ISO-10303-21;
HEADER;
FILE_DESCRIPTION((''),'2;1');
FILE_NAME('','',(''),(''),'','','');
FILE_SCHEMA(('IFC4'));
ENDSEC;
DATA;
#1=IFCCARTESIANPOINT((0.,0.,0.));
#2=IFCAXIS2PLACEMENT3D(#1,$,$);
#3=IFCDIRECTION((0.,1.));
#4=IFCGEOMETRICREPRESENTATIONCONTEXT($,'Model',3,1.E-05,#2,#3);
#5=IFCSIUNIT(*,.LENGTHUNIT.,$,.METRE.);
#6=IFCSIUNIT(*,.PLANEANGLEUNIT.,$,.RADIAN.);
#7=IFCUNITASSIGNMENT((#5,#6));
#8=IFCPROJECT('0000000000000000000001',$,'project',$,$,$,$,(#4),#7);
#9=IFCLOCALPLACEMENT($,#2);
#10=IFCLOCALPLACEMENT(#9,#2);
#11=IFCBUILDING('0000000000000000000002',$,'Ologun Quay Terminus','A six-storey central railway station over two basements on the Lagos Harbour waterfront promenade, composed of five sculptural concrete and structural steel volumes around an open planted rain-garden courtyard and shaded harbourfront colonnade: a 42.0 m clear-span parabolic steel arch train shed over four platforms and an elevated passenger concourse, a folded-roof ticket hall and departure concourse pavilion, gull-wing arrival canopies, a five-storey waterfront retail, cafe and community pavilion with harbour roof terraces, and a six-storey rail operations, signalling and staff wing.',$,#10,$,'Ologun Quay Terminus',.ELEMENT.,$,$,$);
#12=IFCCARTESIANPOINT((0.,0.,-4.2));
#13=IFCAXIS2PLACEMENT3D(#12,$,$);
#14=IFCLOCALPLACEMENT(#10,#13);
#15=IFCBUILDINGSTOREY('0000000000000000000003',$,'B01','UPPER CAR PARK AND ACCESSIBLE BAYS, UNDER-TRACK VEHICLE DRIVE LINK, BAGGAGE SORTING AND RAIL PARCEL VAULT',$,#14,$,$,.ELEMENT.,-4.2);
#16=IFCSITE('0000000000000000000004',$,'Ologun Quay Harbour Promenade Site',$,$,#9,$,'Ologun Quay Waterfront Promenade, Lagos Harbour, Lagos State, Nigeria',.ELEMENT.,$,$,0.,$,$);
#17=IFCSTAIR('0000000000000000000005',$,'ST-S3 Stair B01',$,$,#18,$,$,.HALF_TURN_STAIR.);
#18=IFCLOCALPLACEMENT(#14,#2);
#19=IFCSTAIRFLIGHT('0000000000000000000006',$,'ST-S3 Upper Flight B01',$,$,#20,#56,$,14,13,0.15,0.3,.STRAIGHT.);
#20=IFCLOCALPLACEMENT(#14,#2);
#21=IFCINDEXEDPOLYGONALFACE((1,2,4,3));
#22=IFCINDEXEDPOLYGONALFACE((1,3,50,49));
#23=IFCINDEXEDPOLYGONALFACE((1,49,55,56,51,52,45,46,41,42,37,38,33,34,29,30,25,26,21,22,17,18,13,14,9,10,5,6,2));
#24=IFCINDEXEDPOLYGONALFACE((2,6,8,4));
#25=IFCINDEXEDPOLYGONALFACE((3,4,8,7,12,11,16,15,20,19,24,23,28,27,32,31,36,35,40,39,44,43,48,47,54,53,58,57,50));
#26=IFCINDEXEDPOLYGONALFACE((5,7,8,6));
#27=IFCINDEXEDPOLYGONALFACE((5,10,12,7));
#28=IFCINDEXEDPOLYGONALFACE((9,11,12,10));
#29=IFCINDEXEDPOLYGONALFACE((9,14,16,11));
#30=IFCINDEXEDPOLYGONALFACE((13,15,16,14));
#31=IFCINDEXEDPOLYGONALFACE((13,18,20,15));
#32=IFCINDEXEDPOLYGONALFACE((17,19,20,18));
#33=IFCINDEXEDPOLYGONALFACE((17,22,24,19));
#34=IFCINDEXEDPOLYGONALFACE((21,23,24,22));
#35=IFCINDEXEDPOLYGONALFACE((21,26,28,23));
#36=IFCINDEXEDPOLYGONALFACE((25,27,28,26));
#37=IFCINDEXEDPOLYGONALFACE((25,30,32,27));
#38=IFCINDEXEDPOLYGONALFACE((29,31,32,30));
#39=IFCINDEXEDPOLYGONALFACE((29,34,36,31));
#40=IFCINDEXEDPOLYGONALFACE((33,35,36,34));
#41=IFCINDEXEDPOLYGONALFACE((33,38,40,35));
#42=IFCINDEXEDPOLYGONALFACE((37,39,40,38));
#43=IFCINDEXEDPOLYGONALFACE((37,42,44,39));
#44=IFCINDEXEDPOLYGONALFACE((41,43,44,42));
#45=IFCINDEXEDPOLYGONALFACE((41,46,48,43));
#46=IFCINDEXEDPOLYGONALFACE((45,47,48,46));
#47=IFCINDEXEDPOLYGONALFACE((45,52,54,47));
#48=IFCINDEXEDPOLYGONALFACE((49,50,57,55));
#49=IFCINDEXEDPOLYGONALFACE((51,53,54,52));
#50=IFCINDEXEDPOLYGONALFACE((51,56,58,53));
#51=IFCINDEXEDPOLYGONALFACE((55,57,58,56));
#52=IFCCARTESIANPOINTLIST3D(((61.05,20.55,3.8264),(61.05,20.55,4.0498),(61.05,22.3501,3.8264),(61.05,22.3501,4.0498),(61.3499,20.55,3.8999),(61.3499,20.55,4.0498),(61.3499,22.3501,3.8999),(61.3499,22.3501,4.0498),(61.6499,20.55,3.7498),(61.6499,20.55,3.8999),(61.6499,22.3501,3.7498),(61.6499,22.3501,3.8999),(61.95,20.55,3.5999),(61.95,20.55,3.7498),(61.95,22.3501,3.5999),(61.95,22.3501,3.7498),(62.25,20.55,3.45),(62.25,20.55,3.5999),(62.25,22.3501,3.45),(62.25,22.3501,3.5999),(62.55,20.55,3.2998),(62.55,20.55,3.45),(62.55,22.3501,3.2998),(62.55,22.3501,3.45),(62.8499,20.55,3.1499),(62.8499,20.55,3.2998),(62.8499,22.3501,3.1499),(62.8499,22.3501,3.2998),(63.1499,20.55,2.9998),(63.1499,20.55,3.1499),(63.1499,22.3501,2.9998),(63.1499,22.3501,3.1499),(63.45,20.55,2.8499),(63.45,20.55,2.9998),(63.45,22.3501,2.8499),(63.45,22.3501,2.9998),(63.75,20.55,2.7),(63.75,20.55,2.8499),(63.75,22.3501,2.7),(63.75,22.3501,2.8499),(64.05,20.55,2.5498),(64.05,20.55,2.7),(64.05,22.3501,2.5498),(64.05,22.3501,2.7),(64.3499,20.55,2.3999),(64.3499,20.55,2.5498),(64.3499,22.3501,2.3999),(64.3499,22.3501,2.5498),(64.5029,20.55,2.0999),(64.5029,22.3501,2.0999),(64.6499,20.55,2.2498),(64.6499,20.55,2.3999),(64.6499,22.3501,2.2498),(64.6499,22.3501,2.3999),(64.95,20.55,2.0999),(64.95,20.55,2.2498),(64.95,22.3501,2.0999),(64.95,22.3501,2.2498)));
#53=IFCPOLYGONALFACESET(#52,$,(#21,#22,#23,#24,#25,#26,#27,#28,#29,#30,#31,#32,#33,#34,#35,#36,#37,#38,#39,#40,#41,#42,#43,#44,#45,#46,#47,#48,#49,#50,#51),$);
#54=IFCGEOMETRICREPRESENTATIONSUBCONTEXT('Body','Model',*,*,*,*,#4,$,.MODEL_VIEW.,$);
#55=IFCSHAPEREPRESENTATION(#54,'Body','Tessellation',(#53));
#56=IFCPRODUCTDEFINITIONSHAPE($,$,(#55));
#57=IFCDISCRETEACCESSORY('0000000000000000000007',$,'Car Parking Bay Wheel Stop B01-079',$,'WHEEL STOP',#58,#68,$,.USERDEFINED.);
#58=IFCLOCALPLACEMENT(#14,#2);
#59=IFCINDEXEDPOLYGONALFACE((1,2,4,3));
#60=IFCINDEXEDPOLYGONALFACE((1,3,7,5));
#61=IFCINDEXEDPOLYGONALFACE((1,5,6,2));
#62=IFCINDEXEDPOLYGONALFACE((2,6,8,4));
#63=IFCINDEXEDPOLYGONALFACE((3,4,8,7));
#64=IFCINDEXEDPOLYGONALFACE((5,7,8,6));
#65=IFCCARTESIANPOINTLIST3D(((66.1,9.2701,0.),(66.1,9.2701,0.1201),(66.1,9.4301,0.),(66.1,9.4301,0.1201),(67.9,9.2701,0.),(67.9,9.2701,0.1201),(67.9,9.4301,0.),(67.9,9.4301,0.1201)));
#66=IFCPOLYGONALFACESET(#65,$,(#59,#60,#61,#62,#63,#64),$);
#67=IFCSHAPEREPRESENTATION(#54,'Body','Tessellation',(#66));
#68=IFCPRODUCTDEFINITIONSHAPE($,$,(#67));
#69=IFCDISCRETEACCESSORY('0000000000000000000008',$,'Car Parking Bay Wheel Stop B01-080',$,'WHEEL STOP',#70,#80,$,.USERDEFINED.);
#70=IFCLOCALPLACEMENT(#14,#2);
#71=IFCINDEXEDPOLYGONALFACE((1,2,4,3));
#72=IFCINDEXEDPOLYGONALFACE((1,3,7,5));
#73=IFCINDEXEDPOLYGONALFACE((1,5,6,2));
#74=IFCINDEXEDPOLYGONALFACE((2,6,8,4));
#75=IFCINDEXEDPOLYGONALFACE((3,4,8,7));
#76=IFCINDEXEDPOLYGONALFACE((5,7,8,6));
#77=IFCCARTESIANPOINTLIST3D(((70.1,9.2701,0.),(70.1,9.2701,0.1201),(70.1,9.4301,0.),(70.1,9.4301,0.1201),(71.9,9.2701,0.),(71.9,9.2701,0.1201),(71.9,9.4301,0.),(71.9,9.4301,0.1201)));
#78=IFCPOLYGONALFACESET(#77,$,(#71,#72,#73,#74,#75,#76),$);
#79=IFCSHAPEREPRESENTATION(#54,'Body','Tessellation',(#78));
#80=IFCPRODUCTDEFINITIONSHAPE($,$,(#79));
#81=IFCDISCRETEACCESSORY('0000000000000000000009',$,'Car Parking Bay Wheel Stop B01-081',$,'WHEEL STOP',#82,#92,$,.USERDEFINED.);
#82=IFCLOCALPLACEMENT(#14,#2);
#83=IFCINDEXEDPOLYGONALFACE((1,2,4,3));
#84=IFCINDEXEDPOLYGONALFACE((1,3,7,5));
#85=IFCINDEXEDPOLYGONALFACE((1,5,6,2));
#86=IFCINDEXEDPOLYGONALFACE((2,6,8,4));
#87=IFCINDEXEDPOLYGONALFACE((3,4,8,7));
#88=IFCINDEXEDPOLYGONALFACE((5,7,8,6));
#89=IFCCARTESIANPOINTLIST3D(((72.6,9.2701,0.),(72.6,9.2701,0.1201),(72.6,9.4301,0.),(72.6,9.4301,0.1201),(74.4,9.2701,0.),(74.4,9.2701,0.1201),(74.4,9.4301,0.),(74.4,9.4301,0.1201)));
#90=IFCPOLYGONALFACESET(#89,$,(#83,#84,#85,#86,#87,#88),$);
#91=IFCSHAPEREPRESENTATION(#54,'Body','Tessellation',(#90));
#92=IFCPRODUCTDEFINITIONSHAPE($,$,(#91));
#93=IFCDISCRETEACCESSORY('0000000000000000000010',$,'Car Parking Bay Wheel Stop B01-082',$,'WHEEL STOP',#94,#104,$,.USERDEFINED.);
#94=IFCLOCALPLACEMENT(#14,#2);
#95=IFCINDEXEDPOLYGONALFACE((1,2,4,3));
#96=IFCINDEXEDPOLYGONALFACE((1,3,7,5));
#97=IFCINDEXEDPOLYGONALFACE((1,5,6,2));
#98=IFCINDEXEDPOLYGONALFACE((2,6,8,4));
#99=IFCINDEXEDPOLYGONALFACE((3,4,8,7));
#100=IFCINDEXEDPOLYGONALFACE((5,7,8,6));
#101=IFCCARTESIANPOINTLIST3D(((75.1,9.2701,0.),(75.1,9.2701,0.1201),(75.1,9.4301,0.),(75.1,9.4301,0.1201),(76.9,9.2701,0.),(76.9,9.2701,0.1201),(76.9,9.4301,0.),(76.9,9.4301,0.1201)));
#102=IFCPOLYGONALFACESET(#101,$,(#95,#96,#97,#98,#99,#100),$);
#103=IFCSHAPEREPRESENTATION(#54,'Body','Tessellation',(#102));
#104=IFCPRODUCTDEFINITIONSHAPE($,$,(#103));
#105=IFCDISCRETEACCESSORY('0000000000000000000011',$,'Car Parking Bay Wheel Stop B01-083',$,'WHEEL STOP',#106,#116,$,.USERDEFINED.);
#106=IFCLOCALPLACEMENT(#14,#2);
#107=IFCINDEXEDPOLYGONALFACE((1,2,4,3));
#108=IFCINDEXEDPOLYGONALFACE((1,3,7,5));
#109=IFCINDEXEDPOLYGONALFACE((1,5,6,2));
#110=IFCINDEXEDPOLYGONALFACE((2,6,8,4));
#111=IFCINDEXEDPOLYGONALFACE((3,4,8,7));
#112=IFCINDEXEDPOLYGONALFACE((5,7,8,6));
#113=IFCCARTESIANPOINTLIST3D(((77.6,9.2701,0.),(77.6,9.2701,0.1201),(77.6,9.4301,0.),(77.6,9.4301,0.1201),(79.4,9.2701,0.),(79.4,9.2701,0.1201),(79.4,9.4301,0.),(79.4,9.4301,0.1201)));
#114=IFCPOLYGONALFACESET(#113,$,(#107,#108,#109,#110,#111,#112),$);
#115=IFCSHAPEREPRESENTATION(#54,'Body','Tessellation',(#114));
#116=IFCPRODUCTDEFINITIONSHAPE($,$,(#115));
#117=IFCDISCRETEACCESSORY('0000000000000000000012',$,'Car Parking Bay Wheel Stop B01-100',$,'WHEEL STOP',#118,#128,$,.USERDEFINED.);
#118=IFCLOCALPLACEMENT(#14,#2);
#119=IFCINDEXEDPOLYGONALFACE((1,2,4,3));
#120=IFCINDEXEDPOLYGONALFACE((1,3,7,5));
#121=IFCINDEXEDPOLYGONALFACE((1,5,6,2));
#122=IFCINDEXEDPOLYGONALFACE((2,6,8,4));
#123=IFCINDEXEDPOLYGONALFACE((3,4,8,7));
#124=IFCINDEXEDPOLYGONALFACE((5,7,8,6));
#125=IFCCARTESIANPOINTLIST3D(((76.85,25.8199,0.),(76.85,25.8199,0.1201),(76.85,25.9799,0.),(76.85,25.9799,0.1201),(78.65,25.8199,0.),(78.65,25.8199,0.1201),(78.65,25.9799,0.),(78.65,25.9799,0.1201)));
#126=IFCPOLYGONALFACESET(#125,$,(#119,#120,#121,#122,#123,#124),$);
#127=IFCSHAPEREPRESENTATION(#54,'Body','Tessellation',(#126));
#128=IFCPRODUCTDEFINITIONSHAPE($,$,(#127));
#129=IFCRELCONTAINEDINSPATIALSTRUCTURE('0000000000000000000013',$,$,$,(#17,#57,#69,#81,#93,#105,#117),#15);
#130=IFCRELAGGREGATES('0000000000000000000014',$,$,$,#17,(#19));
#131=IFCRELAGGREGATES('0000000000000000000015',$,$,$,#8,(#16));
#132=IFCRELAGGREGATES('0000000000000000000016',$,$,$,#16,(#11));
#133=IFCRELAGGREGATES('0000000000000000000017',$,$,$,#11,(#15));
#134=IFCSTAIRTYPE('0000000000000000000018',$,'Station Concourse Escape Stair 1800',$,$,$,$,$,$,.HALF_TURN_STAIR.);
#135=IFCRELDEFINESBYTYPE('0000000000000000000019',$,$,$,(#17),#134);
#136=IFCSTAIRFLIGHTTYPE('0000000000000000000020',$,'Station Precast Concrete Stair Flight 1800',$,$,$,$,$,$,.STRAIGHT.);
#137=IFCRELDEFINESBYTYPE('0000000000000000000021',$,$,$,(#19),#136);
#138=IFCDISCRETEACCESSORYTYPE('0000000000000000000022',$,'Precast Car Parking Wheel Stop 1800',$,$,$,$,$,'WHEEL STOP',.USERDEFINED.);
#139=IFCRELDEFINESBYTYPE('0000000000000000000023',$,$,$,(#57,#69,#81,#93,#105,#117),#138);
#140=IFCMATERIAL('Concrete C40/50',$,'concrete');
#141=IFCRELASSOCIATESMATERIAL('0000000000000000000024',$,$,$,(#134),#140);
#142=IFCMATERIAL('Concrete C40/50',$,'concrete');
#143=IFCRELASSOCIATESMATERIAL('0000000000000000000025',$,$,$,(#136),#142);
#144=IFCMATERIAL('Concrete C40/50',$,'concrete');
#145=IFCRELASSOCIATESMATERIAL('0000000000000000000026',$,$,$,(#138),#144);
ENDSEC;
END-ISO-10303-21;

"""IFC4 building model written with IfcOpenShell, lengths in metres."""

from ifc_helpers import new_model, si_unit, direction, frame, origin, origin_2d, place, context, subcontext, project, spatial, polyline, rectangle, outline, extrude, material, type_object, element, aggregate, save


model = new_model("IFC4")

# Units and contexts
model_context = context("Model", 3, precision=1e-05, world=origin(), true_north=direction((0.0, 1.0)))
body_context = subcontext(model_context, "Body", "Model", "MODEL_VIEW")
ifc_project = project(units=[si_unit("LENGTHUNIT", "METRE"), si_unit("PLANEANGLEUNIT", "RADIAN")], contexts=[model_context])

# Site, building, storey
site_placement = place(None, origin())
site = spatial("IfcSite", under=ifc_project, at=site_placement, Name="Ologun Quay Harbour Promenade Site", LongName="Ologun Quay Waterfront Promenade, Lagos Harbour, Lagos State, Nigeria", CompositionType="ELEMENT", RefElevation=0.0)
building_placement = place(site_placement, origin())
building = spatial("IfcBuilding", under=site, at=building_placement, Name="Ologun Quay Terminus", Description="A six-storey central railway station over two basements on the Lagos Harbour waterfront promenade, composed of five sculptural concrete and structural steel volumes around an open planted rain-garden courtyard and shaded harbourfront colonnade: a 42.0 m clear-span parabolic steel arch train shed over four platforms and an elevated passenger concourse, a folded-roof ticket hall and departure concourse pavilion, gull-wing arrival canopies, a five-storey waterfront retail, cafe and community pavilion with harbour roof terraces, and a six-storey rail operations, signalling and staff wing.", LongName="Ologun Quay Terminus", CompositionType="ELEMENT")
storey_placement = place(building_placement, frame((0.0, 0.0, -4.2)))
storey = spatial("IfcBuildingStorey", under=building, at=storey_placement, Name="B01", Description="UPPER CAR PARK AND ACCESSIBLE BAYS, UNDER-TRACK VEHICLE DRIVE LINK, BAGGAGE SORTING AND RAIL PARCEL VAULT", CompositionType="ELEMENT", Elevation=-4.2)

# Stair, stair flight
ifc_material_1 = material(Name="Concrete C40/50", Category="concrete")
stair_type = type_object("IfcStairType", Name="Station Concourse Escape Stair 1800", PredefinedType="HALF_TURN_STAIR", material=ifc_material_1)
stair_placement = place(storey_placement, origin())
stair = element("IfcStair", 1, at=stair_placement, inside=storey, type_object=stair_type, Name="ST-S3 Stair B01", PredefinedType="HALF_TURN_STAIR")
ifc_material_2 = material(Name="Concrete C40/50", Category="concrete")
stair_flight_type = type_object("IfcStairFlightType", Name="Station Precast Concrete Stair Flight 1800", PredefinedType="STRAIGHT", material=ifc_material_2)
stair_flight_placement = place(storey_placement, frame((64.95, 21.45, 2.0999), z_axis=(0.0, 0.0, 1.0), x_axis=(-1.0, 0.0, 0.0)))
stair_flight = element("IfcStairFlight", 2, at=stair_flight_placement, type_object=stair_flight_type, Name="ST-S3 Upper Flight B01", NumberOfRisers=14, NumberOfTreads=13, PredefinedType="STRAIGHT", RiserHeight=0.15, TreadLength=0.3, context=body_context, shape_type="SweptSolid", body=[
    extrude(outline(polyline([(0.0, 0.0), (0.0, 0.1499), (0.3, 0.1499), (0.3, 0.3), (0.6001, 0.3), (0.6001, 0.45), (0.8999, 0.45), (0.8999, 0.6001), (1.2, 0.6001), (1.2, 0.75), (1.5, 0.75), (1.5, 0.8999), (1.8, 0.8999), (1.8, 1.05), (2.1001, 1.05), (2.1001, 1.2), (2.3999, 1.2), (2.3999, 1.3501), (2.7, 1.3501), (2.7, 1.5), (3.0, 1.5), (3.0, 1.6499), (3.3, 1.6499), (3.3, 1.8), (3.6001, 1.8), (3.6001, 1.95), (3.8999, 1.95), (3.8999, 2.1001), (3.8999, 1.7266), (0.447, 0.0), (0.0, 0.0)])), frame((0.0, 0.8999, 0.0), z_axis=(0.0, -1.0, 0.0), x_axis=(1.0, 0.0, 0.0)), (0.0, 0.0, 1.0), 1.8),
])
aggregate(stair, [stair_flight])

# Discrete accessories
ifc_material_3 = material(Name="Concrete C40/50", Category="concrete")
discrete_accessory_type = type_object("IfcDiscreteAccessoryType", Name="Precast Car Parking Wheel Stop 1800", ElementType="WHEEL STOP", PredefinedType="USERDEFINED", material=ifc_material_3)
for number, where, z_axis, x_axis, name in (
    (3, (67.0, 9.3501, 0.0), (0.0, 0.0, 1.0), (1.0, 0.0, 0.0), "Car Parking Bay Wheel Stop B01-079"),
    (4, (71.0, 9.3501, 0.0), (0.0, 0.0, 1.0), (1.0, 0.0, 0.0), "Car Parking Bay Wheel Stop B01-080"),
    (5, (73.5, 9.3501, 0.0), (0.0, 0.0, 1.0), (1.0, 0.0, 0.0), "Car Parking Bay Wheel Stop B01-081"),
    (6, (76.0, 9.3501, 0.0), (0.0, 0.0, 1.0), (1.0, 0.0, 0.0), "Car Parking Bay Wheel Stop B01-082"),
    (7, (78.5, 9.3501, 0.0), (0.0, 0.0, 1.0), (1.0, 0.0, 0.0), "Car Parking Bay Wheel Stop B01-083"),
    (8, (77.75, 25.8999, 0.0), (0.0, 0.0, 1.0), (1.0, 0.0, 0.0), "Car Parking Bay Wheel Stop B01-100"),
):
    element("IfcDiscreteAccessory", number, at=place(storey_placement, frame(where, z_axis=z_axis, x_axis=x_axis)), inside=storey, type_object=discrete_accessory_type, Name=name, ObjectType="WHEEL STOP", PredefinedType="USERDEFINED", context=body_context, shape_type="SweptSolid", body=[
        extrude(rectangle(XDim=1.8, YDim=0.1599, at=origin_2d()), origin(), (0.0, 0.0, 1.0), 0.1201),
    ])

save(model, "model.ifc")
